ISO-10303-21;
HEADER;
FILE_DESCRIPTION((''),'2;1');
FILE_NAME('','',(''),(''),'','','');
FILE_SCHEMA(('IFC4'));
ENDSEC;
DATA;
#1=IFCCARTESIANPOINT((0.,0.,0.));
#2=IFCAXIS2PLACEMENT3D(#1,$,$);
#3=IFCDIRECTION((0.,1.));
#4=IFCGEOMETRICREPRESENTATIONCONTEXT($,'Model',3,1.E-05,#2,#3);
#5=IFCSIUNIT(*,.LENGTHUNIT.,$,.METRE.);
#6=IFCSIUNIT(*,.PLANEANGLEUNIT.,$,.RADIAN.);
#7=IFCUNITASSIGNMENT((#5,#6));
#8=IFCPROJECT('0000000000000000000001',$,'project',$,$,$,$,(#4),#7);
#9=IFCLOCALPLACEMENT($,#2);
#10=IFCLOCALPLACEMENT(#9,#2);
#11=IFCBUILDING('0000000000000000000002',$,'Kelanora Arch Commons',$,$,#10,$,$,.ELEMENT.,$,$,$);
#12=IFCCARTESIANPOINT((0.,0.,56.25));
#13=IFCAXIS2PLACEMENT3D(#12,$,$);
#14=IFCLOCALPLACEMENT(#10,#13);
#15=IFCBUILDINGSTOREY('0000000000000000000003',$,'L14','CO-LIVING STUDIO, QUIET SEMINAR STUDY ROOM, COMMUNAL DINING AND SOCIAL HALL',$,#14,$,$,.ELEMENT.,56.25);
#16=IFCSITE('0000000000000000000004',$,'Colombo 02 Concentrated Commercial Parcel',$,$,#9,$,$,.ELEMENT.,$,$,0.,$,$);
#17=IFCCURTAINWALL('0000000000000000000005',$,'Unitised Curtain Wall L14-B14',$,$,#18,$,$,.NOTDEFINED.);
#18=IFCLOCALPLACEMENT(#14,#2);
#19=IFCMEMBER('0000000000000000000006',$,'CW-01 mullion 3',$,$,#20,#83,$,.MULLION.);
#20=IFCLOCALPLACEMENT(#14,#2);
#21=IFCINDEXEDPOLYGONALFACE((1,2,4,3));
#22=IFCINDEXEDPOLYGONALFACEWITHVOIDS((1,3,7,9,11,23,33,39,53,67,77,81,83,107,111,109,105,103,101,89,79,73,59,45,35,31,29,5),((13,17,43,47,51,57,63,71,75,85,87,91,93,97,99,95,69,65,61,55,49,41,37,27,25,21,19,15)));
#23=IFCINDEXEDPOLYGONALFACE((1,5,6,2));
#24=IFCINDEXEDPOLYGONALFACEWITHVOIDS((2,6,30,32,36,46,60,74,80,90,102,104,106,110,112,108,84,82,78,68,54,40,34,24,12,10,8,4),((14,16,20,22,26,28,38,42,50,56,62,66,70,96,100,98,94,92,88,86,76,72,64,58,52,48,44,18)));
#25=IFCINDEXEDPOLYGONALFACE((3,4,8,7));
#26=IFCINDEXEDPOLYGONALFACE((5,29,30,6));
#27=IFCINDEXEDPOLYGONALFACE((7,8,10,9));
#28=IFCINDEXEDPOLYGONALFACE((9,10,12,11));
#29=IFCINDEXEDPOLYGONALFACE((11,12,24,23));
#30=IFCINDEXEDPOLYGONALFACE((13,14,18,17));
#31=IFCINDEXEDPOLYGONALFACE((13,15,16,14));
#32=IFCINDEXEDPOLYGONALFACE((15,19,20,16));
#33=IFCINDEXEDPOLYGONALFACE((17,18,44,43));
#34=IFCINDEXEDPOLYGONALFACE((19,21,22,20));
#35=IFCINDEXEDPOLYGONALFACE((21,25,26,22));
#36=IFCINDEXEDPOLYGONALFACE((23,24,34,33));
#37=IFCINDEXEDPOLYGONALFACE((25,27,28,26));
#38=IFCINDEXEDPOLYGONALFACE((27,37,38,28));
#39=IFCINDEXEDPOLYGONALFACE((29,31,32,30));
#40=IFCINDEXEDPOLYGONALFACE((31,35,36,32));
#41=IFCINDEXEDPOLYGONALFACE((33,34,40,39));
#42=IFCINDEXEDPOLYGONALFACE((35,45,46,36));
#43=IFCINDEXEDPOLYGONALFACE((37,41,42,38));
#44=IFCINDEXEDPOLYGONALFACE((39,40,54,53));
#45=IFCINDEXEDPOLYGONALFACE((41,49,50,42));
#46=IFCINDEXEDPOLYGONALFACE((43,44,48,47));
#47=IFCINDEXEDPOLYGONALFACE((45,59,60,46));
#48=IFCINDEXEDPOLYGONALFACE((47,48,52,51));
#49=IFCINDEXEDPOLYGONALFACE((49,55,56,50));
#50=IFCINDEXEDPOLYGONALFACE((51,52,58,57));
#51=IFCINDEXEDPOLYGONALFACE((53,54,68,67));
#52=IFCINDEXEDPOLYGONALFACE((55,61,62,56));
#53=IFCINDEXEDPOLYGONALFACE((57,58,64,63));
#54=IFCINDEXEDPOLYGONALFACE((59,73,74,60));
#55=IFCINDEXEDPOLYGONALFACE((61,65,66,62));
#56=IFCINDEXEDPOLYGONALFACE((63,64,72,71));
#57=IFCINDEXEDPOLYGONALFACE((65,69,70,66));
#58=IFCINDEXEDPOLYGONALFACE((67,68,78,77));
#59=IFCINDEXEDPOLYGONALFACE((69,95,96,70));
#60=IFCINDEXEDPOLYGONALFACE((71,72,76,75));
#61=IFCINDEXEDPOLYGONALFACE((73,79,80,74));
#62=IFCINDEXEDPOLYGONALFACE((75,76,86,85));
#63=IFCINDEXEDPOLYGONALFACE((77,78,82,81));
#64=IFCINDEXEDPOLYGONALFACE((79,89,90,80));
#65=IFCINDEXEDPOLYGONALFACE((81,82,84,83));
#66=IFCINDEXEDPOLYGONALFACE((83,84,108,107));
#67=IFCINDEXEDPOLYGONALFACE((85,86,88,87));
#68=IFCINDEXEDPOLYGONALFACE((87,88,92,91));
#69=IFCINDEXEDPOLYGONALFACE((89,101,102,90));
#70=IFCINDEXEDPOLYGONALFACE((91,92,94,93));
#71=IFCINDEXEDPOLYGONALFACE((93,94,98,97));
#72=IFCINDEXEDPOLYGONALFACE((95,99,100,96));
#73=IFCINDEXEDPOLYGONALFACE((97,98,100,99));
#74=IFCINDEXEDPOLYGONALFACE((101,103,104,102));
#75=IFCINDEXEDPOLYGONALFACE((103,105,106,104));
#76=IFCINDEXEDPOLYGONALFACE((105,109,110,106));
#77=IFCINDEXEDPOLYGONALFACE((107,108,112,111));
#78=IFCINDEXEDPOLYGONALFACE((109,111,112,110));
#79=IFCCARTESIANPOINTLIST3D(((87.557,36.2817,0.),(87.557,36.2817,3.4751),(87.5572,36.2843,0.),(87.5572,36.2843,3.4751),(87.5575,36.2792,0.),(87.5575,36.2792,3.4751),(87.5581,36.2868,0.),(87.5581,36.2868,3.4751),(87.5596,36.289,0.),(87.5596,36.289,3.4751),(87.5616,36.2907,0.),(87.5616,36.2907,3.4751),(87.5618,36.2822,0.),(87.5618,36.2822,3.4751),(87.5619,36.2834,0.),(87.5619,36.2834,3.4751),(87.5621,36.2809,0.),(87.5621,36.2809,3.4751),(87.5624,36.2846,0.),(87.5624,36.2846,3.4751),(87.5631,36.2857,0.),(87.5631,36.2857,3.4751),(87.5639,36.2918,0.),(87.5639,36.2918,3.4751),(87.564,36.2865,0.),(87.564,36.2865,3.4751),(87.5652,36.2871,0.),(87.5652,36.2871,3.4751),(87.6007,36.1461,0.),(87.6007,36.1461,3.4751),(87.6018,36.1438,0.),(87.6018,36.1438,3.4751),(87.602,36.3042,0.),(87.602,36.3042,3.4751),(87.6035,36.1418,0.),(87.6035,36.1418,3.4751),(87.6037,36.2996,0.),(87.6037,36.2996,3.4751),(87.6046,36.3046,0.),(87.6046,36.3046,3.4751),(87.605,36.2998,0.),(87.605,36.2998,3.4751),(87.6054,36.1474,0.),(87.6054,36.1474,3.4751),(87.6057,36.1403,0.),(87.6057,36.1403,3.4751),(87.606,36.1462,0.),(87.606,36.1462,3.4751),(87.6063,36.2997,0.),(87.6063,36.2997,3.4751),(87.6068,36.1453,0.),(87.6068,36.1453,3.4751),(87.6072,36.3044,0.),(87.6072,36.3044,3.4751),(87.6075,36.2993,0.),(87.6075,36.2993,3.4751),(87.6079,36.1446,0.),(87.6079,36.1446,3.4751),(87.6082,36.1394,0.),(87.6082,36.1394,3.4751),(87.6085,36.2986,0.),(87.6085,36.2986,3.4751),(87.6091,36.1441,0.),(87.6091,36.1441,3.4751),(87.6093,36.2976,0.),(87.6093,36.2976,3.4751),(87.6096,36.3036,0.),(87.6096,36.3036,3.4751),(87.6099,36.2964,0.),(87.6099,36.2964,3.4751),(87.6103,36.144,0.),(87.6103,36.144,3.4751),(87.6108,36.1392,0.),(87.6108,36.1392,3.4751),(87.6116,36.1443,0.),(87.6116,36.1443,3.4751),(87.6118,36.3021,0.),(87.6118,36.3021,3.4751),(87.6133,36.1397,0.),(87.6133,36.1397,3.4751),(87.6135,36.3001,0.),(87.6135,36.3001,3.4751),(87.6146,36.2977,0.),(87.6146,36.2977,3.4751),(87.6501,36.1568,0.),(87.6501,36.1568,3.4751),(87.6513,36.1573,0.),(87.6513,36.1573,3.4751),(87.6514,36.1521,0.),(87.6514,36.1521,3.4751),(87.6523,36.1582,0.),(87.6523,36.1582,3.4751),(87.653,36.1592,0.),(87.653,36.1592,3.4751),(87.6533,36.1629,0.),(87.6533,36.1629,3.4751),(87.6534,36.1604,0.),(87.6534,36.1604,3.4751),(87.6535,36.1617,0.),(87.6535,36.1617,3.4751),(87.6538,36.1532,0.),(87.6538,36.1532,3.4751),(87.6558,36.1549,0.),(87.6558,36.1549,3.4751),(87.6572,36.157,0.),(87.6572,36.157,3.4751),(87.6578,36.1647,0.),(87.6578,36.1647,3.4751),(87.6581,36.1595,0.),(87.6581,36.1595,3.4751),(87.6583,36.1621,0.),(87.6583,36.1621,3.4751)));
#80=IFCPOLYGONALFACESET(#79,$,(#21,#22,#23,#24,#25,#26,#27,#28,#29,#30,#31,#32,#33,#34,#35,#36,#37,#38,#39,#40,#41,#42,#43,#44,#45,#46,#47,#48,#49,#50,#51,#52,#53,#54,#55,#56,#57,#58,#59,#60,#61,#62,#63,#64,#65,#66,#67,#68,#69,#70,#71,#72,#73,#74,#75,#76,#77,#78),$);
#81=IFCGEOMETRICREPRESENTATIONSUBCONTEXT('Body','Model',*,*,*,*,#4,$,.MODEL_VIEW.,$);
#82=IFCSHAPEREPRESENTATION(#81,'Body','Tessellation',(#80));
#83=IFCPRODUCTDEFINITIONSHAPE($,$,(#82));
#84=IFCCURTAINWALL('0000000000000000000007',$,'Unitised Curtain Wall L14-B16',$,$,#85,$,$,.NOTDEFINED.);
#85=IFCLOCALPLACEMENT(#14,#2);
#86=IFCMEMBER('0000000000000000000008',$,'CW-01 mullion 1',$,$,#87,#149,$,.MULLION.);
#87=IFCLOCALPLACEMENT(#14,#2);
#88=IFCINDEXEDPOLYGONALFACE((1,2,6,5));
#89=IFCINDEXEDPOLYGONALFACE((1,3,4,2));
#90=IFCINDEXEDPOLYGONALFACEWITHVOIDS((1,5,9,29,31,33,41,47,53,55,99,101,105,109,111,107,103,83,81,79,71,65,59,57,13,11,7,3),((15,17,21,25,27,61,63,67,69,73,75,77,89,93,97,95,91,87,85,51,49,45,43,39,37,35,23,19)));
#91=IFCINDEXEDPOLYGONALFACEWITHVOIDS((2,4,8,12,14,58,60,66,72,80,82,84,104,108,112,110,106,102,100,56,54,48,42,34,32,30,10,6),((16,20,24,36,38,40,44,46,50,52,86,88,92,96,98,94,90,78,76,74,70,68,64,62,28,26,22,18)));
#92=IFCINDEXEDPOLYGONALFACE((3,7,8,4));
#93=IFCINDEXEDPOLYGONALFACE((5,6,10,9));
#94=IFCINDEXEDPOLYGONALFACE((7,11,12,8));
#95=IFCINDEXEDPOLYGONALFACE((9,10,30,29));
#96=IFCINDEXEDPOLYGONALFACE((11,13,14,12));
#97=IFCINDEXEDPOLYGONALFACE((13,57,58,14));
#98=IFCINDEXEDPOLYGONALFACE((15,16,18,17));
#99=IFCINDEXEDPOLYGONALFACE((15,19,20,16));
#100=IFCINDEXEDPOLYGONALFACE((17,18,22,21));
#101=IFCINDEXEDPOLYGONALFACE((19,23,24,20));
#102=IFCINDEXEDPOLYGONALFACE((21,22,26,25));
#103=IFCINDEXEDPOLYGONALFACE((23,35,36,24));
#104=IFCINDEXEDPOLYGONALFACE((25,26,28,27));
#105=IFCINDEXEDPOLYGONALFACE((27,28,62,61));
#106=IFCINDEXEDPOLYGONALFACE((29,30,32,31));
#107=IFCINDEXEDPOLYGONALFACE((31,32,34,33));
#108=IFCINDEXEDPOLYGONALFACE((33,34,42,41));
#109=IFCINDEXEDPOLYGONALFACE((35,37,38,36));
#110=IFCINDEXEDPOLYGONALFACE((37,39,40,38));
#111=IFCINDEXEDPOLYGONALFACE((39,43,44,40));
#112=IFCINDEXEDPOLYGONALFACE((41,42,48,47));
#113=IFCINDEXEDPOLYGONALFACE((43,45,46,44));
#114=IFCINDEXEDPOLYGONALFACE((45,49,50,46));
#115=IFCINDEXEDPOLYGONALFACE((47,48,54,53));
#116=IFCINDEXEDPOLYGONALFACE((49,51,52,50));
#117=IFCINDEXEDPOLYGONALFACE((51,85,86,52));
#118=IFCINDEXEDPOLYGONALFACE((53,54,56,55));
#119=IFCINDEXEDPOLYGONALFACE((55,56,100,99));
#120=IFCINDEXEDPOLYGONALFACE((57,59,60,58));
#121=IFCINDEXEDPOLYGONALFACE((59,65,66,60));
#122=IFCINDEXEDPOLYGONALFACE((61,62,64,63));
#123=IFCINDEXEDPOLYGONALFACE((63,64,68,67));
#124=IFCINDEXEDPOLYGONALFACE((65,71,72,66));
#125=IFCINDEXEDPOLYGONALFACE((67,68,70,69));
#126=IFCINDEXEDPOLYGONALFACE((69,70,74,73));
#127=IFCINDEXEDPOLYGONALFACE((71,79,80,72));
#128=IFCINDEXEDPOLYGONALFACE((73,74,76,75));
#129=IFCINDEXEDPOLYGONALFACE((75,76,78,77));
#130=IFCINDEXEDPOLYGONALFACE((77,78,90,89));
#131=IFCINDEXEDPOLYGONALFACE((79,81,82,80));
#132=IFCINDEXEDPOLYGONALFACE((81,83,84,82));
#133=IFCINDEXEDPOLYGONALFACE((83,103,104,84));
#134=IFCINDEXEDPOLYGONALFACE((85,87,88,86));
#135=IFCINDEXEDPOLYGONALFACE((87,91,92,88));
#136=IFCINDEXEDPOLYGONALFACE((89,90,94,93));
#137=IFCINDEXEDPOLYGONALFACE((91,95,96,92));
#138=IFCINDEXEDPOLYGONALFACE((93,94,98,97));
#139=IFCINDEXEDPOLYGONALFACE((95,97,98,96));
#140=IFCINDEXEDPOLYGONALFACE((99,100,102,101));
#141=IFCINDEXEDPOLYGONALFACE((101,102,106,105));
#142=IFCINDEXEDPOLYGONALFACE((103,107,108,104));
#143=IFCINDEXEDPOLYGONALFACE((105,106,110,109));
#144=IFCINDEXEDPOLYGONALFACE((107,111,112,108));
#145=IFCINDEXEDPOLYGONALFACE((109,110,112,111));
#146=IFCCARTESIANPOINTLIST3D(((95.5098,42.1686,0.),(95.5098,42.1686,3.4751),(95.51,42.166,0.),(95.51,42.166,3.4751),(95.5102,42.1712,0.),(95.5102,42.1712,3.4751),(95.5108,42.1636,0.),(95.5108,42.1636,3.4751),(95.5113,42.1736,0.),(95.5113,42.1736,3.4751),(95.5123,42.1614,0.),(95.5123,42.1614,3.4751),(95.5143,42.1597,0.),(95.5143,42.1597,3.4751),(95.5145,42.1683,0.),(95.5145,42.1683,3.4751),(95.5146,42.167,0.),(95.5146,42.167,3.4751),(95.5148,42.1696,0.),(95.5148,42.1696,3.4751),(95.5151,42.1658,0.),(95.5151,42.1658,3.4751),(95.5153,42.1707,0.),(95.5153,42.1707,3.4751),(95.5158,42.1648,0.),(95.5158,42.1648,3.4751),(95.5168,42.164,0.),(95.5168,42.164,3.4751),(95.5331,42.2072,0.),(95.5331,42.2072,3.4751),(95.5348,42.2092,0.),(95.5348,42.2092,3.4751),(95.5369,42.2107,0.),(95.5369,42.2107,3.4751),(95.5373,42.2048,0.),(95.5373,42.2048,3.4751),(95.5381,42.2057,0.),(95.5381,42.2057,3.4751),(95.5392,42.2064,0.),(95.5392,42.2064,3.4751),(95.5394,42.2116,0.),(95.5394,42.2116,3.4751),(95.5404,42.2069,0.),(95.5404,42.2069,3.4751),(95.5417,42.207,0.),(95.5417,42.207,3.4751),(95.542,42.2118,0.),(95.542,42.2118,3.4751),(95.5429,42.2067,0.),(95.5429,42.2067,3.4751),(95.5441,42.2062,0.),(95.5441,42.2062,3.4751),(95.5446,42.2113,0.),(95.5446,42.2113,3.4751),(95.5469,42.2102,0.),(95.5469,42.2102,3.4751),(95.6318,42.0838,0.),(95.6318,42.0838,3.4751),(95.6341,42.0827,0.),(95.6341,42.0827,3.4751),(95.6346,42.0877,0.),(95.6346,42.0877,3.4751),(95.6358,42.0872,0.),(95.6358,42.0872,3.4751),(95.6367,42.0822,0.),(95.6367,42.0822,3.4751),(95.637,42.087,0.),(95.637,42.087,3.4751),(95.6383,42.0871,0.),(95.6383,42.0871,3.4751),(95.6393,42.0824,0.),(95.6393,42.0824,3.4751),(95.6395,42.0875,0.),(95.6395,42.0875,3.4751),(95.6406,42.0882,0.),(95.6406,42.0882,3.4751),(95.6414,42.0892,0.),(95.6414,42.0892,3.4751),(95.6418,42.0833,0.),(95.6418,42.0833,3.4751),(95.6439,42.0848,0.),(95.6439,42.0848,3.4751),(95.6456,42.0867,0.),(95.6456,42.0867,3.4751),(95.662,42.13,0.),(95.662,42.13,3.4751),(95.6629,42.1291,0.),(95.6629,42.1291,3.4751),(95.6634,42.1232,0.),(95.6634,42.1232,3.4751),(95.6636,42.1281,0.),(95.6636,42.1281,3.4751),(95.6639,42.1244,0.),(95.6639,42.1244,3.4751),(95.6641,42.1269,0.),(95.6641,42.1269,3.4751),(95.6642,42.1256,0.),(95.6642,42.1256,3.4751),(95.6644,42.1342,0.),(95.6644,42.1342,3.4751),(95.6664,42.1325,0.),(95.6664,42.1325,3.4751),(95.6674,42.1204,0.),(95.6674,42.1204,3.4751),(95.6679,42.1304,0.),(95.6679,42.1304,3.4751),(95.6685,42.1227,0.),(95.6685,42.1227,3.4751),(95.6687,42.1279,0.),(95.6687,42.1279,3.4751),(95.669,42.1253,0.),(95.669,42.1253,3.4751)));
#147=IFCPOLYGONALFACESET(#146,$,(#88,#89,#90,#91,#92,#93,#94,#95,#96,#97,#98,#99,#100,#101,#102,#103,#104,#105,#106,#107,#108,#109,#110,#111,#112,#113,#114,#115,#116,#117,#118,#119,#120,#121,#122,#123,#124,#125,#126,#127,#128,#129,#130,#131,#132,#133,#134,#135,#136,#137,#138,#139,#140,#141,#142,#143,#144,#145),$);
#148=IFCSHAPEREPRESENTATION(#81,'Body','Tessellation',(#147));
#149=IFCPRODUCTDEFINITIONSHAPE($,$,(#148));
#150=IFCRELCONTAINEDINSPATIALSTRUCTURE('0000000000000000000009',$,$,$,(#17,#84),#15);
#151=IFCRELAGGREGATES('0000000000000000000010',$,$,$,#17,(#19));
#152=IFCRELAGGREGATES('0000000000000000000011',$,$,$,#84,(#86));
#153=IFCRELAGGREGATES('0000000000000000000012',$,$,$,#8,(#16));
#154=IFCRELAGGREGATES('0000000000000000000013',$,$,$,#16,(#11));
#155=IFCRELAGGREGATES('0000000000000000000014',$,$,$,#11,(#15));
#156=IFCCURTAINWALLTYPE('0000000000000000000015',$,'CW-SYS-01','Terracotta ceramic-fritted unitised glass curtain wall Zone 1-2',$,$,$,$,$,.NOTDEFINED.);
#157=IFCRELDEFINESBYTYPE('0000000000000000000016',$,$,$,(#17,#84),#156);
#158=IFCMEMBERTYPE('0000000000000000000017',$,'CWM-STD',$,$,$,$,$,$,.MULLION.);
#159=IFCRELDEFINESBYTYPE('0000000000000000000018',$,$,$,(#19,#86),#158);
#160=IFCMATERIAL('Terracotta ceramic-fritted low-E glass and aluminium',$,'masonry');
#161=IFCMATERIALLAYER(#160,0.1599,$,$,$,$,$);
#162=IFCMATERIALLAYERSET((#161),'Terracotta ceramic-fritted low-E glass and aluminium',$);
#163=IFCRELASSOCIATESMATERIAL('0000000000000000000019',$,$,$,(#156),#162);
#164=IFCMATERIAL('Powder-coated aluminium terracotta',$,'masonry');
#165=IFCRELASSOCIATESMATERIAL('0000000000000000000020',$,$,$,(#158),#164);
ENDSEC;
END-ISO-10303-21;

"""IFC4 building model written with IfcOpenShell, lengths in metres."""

from ifc_helpers import new_model, si_unit, direction, frame, origin, origin_2d, place, context, subcontext, project, spatial, hollow_rectangle, extrude, material, layer, layer_set, material_profile, profile_set, type_object, element, aggregate, save


model = new_model("IFC4")

# Units and contexts
model_context = context("Model", 3, precision=1e-05, world=origin(), true_north=direction((0.0, 1.0)))
body_context = subcontext(model_context, "Body", "Model", "MODEL_VIEW")
ifc_project = project(units=[si_unit("LENGTHUNIT", "METRE"), si_unit("PLANEANGLEUNIT", "RADIAN")], contexts=[model_context])

# Site, building, storey
site_placement = place(None, origin())
site = spatial("IfcSite", under=ifc_project, at=site_placement, Name="Colombo 02 Concentrated Commercial Parcel", CompositionType="ELEMENT", RefElevation=0.0)
building_placement = place(site_placement, origin())
building = spatial("IfcBuilding", under=site, at=building_placement, Name="Kelanora Arch Commons", CompositionType="ELEMENT")
storey_placement = place(building_placement, frame((0.0, 0.0, 56.25)))
storey = spatial("IfcBuildingStorey", under=building, at=storey_placement, Name="L14", Description="CO-LIVING STUDIO, QUIET SEMINAR STUDY ROOM, COMMUNAL DINING AND SOCIAL HALL", CompositionType="ELEMENT", Elevation=56.25)

# Curtain wall, member
ifc_material_1 = material(Name="Terracotta ceramic-fritted low-E glass and aluminium", Category="masonry")
ifc_layer_1 = layer(ifc_material_1, 0.1599)
ifc_layer_set_1 = layer_set([ifc_layer_1], Name="Terracotta ceramic-fritted low-E glass and aluminium")
curtain_wall_type = type_object("IfcCurtainWallType", Name="CW-SYS-01", Description="Terracotta ceramic-fritted unitised glass curtain wall Zone 1-2", PredefinedType="NOTDEFINED", material=ifc_layer_set_1)
curtain_wall_1_placement = place(storey_placement, origin())
curtain_wall_1 = element("IfcCurtainWall", 1, at=curtain_wall_1_placement, inside=storey, type_object=curtain_wall_type, Name="Unitised Curtain Wall L14-B14", PredefinedType="NOTDEFINED")
ifc_material_2 = material(Name="Powder-coated aluminium terracotta", Category="masonry")
ifc_material_profile_1 = material_profile(ifc_material_2, hollow_rectangle(XDim=0.1599, YDim=0.0601, WallThickness=0.0049, InnerFilletRadius=0.0049, OuterFilletRadius=0.01, at=origin_2d()), Name="CWM160x60")
ifc_profile_set_1 = profile_set([ifc_material_profile_1], Name="Powder-coated aluminium terracotta")
member_type_1 = type_object("IfcMemberType", Name="CWM-STD", PredefinedType="MULLION", material=ifc_profile_set_1)
member_1_placement = place(storey_placement, frame((87.6077, 36.2219, 0.0), z_axis=(0.0, 0.0, 1.0), x_axis=(-0.309058, 0.951043, 0.0)))
member_1 = element("IfcMember", 2, at=member_1_placement, type_object=member_type_1, Name="CW-01 mullion 3", PredefinedType="MULLION", context=body_context, shape_type="SweptSolid", body=[
    extrude(hollow_rectangle(XDim=0.1599, YDim=0.0601, WallThickness=0.0049, InnerFilletRadius=0.0049, OuterFilletRadius=0.01, at=origin_2d()), origin(), (0.0, 0.0, 1.0), 3.4751),
])
aggregate(curtain_wall_1, [member_1])

# Curtain wall, member
curtain_wall_2_placement = place(storey_placement, origin())
curtain_wall_2 = element("IfcCurtainWall", 3, at=curtain_wall_2_placement, inside=storey, type_object=curtain_wall_type, Name="Unitised Curtain Wall L14-B16", PredefinedType="NOTDEFINED")
member_2_placement = place(storey_placement, frame((95.5894, 42.147, 0.0), z_axis=(0.0, 0.0, 1.0), x_axis=(-0.83973, 0.543004, 0.0)))
member_2 = element("IfcMember", 4, at=member_2_placement, type_object=member_type_1, Name="CW-01 mullion 1", PredefinedType="MULLION", context=body_context, shape_type="SweptSolid", body=[
    extrude(hollow_rectangle(XDim=0.1599, YDim=0.0601, WallThickness=0.0049, InnerFilletRadius=0.0049, OuterFilletRadius=0.01, at=origin_2d()), origin(), (0.0, 0.0, 1.0), 3.4751),
])
aggregate(curtain_wall_2, [member_2])

save(model, "model.ifc")
